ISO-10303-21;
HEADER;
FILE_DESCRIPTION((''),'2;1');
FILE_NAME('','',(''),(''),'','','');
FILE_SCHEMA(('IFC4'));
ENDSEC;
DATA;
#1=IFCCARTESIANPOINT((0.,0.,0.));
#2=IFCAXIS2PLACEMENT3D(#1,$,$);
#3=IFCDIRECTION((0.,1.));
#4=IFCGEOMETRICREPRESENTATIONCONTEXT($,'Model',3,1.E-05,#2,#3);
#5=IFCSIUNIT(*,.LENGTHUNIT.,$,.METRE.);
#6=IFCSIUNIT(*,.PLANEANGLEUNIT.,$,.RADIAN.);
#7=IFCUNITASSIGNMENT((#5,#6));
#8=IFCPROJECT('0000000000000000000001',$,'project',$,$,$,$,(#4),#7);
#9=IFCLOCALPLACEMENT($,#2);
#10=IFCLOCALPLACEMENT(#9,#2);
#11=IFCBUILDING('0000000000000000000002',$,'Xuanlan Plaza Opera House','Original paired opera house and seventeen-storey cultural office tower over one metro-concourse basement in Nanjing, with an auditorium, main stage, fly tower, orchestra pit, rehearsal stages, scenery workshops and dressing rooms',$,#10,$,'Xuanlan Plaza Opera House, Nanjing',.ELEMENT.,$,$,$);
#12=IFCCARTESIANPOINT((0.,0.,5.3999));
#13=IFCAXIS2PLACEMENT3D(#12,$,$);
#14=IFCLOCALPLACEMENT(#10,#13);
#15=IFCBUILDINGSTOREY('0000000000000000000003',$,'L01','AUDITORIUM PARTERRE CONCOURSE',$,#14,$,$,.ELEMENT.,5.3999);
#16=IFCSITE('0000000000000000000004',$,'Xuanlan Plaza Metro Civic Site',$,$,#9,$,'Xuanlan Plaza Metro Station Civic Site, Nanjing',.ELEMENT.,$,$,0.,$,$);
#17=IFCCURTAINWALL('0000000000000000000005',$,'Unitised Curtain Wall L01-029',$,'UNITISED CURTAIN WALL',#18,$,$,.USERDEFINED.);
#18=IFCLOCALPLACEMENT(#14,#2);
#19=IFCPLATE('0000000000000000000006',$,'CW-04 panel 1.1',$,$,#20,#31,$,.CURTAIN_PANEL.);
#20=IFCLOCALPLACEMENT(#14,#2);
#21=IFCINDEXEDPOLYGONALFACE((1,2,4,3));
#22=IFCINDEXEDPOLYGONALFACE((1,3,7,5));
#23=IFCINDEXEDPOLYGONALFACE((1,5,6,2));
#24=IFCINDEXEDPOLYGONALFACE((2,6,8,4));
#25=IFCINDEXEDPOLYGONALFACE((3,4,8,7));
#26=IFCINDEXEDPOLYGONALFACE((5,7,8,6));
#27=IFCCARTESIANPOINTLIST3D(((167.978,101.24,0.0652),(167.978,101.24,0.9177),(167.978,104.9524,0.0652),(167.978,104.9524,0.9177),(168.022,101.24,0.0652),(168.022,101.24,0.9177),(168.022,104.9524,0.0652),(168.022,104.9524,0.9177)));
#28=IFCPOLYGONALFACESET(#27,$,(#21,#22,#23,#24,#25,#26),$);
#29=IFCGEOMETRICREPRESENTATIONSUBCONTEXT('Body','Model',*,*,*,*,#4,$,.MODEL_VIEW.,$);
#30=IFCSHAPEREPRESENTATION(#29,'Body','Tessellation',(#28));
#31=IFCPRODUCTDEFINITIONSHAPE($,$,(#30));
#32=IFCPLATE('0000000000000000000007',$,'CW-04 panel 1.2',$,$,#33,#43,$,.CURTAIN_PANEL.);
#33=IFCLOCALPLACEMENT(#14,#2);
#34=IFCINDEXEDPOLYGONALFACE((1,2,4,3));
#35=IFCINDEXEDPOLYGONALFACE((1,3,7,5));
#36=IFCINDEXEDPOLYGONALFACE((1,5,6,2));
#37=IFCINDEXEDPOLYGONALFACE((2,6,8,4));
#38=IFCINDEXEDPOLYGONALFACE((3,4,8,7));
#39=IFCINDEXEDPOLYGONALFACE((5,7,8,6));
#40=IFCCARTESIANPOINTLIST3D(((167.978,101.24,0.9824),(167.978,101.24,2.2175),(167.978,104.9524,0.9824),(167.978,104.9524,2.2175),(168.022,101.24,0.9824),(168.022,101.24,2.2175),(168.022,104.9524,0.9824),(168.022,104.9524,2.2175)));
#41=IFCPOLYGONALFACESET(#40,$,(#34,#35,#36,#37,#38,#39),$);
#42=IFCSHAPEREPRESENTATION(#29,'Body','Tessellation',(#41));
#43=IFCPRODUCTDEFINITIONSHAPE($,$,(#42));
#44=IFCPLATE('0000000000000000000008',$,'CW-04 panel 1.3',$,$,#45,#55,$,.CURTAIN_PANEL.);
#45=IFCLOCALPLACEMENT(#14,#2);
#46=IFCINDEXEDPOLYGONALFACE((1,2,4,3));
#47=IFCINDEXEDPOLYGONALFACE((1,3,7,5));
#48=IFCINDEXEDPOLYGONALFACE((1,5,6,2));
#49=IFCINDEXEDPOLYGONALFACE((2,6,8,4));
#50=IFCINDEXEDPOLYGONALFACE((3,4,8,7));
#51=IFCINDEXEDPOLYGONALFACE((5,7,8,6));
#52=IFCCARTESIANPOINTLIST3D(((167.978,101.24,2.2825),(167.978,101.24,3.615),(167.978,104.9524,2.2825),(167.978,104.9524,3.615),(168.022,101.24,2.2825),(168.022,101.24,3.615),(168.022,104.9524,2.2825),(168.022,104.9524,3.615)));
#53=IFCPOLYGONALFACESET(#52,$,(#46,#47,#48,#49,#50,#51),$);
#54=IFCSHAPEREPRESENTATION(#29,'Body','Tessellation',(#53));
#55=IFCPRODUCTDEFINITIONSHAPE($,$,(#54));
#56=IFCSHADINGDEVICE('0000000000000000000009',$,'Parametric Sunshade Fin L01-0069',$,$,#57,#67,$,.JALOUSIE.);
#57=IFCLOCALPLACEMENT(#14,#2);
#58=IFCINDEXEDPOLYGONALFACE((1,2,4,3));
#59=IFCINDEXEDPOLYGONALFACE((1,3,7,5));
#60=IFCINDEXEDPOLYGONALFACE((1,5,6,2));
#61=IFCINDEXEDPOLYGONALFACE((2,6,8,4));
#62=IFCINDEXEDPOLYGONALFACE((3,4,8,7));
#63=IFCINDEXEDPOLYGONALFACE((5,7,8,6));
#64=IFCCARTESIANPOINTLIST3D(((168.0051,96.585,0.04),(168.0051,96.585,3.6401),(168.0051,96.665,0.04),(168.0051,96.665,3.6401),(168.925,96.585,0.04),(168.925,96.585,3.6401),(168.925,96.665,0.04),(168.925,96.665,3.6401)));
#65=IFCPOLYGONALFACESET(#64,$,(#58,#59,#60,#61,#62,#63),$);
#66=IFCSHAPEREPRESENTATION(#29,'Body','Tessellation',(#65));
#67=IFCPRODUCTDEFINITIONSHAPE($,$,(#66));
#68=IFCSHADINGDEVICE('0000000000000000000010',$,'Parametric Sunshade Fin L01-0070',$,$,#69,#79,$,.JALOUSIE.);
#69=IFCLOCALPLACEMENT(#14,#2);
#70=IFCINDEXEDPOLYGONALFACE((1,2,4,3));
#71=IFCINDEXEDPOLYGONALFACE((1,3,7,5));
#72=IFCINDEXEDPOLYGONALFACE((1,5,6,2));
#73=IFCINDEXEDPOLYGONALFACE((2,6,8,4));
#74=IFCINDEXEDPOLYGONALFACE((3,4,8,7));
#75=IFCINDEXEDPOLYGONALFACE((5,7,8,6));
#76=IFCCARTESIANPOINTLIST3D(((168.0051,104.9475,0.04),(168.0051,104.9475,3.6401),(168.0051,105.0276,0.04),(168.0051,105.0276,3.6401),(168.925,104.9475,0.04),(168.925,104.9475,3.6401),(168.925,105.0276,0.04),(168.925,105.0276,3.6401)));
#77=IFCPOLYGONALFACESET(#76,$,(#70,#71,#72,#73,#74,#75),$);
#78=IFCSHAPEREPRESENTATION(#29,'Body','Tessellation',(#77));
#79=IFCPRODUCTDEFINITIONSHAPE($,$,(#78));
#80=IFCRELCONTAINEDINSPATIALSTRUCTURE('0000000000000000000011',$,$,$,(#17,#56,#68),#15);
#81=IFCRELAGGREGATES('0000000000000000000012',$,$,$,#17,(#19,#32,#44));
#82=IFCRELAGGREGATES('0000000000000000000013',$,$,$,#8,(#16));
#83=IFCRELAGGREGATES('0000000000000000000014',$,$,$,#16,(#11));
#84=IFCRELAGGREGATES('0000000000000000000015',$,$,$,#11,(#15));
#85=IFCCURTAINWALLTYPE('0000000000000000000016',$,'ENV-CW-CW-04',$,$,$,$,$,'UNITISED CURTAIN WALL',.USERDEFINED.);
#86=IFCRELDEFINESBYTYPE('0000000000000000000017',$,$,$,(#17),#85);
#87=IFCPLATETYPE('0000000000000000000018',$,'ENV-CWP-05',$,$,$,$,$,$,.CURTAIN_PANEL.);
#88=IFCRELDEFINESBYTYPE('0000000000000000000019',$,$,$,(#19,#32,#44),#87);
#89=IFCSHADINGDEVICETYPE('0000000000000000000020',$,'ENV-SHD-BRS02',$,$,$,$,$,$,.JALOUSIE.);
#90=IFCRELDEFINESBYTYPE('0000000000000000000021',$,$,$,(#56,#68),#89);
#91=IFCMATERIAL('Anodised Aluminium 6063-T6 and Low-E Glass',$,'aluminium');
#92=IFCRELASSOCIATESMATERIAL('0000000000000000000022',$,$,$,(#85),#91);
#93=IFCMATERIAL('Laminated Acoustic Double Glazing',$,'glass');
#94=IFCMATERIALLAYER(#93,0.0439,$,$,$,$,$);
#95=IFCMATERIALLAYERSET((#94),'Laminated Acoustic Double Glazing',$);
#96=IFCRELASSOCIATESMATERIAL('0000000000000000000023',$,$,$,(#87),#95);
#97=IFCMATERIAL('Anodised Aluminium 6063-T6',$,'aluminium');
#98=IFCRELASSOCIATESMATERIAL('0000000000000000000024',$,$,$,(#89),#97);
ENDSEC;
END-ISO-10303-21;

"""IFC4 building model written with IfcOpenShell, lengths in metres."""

from ifc_helpers import new_model, si_unit, direction, frame, origin, origin_2d, place, context, subcontext, project, spatial, rectangle, extrude, material, layer, layer_set, type_object, element, aggregate, save


model = new_model("IFC4")

# Units and contexts
model_context = context("Model", 3, precision=1e-05, world=origin(), true_north=direction((0.0, 1.0)))
body_context = subcontext(model_context, "Body", "Model", "MODEL_VIEW")
ifc_project = project(units=[si_unit("LENGTHUNIT", "METRE"), si_unit("PLANEANGLEUNIT", "RADIAN")], contexts=[model_context])

# Site, building, storey
site_placement = place(None, origin())
site = spatial("IfcSite", under=ifc_project, at=site_placement, Name="Xuanlan Plaza Metro Civic Site", LongName="Xuanlan Plaza Metro Station Civic Site, Nanjing", CompositionType="ELEMENT", RefElevation=0.0)
building_placement = place(site_placement, origin())
building = spatial("IfcBuilding", under=site, at=building_placement, Name="Xuanlan Plaza Opera House", Description="Original paired opera house and seventeen-storey cultural office tower over one metro-concourse basement in Nanjing, with an auditorium, main stage, fly tower, orchestra pit, rehearsal stages, scenery workshops and dressing rooms", LongName="Xuanlan Plaza Opera House, Nanjing", CompositionType="ELEMENT")
storey_placement = place(building_placement, frame((0.0, 0.0, 5.3999)))
storey = spatial("IfcBuildingStorey", under=building, at=storey_placement, Name="L01", Description="AUDITORIUM PARTERRE CONCOURSE", CompositionType="ELEMENT", Elevation=5.3999)

# Curtain wall
ifc_material_1 = material(Name="Anodised Aluminium 6063-T6 and Low-E Glass", Category="aluminium")
ifc_material_2 = material(Name="Anodised Aluminium 6063-T6", Category="aluminium")
curtain_wall_type_1 = type_object("IfcCurtainWallType", Name="ENV-CW-CW-04", ElementType="UNITISED CURTAIN WALL", PredefinedType="USERDEFINED", material=ifc_material_1)
curtain_wall_1_placement = place(storey_placement, origin())
curtain_wall_1 = element("IfcCurtainWall", 1, at=curtain_wall_1_placement, inside=storey, type_object=curtain_wall_type_1, Name="Unitised Curtain Wall L01-029", ObjectType="UNITISED CURTAIN WALL", PredefinedType="USERDEFINED")

# Plates
ifc_material_3 = material(Name="Laminated Acoustic Double Glazing", Category="glass")
ifc_layer_1 = layer(ifc_material_3, 0.0439)
ifc_layer_set_1 = layer_set([ifc_layer_1], Name="Laminated Acoustic Double Glazing")
plate_type_1 = type_object("IfcPlateType", Name="ENV-CWP-05", PredefinedType="CURTAIN_PANEL", material=ifc_layer_set_1)
plate_1_placement = place(storey_placement, frame((168.0, 103.0962, 0.0652), z_axis=(0.0, 0.0, 1.0), x_axis=(0.0, 1.0, 0.0)))
plate_1 = element("IfcPlate", 2, at=plate_1_placement, type_object=plate_type_1, Name="CW-04 panel 1.1", PredefinedType="CURTAIN_PANEL", context=body_context, shape_type="SweptSolid", body=[
    extrude(rectangle(XDim=3.7124, YDim=0.0439, at=origin_2d()), origin(), (0.0, 0.0, 1.0), 0.8525),
])
plate_2_placement = place(storey_placement, frame((168.0, 103.0962, 0.9824), z_axis=(0.0, 0.0, 1.0), x_axis=(0.0, 1.0, 0.0)))
plate_2 = element("IfcPlate", 3, at=plate_2_placement, type_object=plate_type_1, Name="CW-04 panel 1.2", PredefinedType="CURTAIN_PANEL", context=body_context, shape_type="SweptSolid", body=[
    extrude(rectangle(XDim=3.7124, YDim=0.0439, at=origin_2d()), origin(), (0.0, 0.0, 1.0), 1.2351),
])
plate_3_placement = place(storey_placement, frame((168.0, 103.0962, 2.2825), z_axis=(0.0, 0.0, 1.0), x_axis=(0.0, 1.0, 0.0)))
plate_3 = element("IfcPlate", 4, at=plate_3_placement, type_object=plate_type_1, Name="CW-04 panel 1.3", PredefinedType="CURTAIN_PANEL", context=body_context, shape_type="SweptSolid", body=[
    extrude(rectangle(XDim=3.7124, YDim=0.0439, at=origin_2d()), origin(), (0.0, 0.0, 1.0), 1.3325),
])
aggregate(curtain_wall_1, [plate_1, plate_2, plate_3])

# Shading devices
shading_device_type = type_object("IfcShadingDeviceType", Name="ENV-SHD-BRS02", PredefinedType="JALOUSIE", material=ifc_material_2)
for number, where, z_axis, x_axis, name in (
    (5, (168.4651, 96.625, 0.04), (0.0, 0.0, 1.0), (1.0, 0.0, 0.0), "Parametric Sunshade Fin L01-0069"),
    (6, (168.4651, 104.9875, 0.04), (0.0, 0.0, 1.0), (1.0, 0.0, 0.0), "Parametric Sunshade Fin L01-0070"),
):
    element("IfcShadingDevice", number, at=place(storey_placement, frame(where, z_axis=z_axis, x_axis=x_axis)), inside=storey, type_object=shading_device_type, Name=name, PredefinedType="JALOUSIE", context=body_context, shape_type="SweptSolid", body=[
        extrude(rectangle(XDim=0.9199, YDim=0.0801, at=origin_2d()), origin(), (0.0, 0.0, 1.0), 3.6001),
    ])

save(model, "model.ifc")
